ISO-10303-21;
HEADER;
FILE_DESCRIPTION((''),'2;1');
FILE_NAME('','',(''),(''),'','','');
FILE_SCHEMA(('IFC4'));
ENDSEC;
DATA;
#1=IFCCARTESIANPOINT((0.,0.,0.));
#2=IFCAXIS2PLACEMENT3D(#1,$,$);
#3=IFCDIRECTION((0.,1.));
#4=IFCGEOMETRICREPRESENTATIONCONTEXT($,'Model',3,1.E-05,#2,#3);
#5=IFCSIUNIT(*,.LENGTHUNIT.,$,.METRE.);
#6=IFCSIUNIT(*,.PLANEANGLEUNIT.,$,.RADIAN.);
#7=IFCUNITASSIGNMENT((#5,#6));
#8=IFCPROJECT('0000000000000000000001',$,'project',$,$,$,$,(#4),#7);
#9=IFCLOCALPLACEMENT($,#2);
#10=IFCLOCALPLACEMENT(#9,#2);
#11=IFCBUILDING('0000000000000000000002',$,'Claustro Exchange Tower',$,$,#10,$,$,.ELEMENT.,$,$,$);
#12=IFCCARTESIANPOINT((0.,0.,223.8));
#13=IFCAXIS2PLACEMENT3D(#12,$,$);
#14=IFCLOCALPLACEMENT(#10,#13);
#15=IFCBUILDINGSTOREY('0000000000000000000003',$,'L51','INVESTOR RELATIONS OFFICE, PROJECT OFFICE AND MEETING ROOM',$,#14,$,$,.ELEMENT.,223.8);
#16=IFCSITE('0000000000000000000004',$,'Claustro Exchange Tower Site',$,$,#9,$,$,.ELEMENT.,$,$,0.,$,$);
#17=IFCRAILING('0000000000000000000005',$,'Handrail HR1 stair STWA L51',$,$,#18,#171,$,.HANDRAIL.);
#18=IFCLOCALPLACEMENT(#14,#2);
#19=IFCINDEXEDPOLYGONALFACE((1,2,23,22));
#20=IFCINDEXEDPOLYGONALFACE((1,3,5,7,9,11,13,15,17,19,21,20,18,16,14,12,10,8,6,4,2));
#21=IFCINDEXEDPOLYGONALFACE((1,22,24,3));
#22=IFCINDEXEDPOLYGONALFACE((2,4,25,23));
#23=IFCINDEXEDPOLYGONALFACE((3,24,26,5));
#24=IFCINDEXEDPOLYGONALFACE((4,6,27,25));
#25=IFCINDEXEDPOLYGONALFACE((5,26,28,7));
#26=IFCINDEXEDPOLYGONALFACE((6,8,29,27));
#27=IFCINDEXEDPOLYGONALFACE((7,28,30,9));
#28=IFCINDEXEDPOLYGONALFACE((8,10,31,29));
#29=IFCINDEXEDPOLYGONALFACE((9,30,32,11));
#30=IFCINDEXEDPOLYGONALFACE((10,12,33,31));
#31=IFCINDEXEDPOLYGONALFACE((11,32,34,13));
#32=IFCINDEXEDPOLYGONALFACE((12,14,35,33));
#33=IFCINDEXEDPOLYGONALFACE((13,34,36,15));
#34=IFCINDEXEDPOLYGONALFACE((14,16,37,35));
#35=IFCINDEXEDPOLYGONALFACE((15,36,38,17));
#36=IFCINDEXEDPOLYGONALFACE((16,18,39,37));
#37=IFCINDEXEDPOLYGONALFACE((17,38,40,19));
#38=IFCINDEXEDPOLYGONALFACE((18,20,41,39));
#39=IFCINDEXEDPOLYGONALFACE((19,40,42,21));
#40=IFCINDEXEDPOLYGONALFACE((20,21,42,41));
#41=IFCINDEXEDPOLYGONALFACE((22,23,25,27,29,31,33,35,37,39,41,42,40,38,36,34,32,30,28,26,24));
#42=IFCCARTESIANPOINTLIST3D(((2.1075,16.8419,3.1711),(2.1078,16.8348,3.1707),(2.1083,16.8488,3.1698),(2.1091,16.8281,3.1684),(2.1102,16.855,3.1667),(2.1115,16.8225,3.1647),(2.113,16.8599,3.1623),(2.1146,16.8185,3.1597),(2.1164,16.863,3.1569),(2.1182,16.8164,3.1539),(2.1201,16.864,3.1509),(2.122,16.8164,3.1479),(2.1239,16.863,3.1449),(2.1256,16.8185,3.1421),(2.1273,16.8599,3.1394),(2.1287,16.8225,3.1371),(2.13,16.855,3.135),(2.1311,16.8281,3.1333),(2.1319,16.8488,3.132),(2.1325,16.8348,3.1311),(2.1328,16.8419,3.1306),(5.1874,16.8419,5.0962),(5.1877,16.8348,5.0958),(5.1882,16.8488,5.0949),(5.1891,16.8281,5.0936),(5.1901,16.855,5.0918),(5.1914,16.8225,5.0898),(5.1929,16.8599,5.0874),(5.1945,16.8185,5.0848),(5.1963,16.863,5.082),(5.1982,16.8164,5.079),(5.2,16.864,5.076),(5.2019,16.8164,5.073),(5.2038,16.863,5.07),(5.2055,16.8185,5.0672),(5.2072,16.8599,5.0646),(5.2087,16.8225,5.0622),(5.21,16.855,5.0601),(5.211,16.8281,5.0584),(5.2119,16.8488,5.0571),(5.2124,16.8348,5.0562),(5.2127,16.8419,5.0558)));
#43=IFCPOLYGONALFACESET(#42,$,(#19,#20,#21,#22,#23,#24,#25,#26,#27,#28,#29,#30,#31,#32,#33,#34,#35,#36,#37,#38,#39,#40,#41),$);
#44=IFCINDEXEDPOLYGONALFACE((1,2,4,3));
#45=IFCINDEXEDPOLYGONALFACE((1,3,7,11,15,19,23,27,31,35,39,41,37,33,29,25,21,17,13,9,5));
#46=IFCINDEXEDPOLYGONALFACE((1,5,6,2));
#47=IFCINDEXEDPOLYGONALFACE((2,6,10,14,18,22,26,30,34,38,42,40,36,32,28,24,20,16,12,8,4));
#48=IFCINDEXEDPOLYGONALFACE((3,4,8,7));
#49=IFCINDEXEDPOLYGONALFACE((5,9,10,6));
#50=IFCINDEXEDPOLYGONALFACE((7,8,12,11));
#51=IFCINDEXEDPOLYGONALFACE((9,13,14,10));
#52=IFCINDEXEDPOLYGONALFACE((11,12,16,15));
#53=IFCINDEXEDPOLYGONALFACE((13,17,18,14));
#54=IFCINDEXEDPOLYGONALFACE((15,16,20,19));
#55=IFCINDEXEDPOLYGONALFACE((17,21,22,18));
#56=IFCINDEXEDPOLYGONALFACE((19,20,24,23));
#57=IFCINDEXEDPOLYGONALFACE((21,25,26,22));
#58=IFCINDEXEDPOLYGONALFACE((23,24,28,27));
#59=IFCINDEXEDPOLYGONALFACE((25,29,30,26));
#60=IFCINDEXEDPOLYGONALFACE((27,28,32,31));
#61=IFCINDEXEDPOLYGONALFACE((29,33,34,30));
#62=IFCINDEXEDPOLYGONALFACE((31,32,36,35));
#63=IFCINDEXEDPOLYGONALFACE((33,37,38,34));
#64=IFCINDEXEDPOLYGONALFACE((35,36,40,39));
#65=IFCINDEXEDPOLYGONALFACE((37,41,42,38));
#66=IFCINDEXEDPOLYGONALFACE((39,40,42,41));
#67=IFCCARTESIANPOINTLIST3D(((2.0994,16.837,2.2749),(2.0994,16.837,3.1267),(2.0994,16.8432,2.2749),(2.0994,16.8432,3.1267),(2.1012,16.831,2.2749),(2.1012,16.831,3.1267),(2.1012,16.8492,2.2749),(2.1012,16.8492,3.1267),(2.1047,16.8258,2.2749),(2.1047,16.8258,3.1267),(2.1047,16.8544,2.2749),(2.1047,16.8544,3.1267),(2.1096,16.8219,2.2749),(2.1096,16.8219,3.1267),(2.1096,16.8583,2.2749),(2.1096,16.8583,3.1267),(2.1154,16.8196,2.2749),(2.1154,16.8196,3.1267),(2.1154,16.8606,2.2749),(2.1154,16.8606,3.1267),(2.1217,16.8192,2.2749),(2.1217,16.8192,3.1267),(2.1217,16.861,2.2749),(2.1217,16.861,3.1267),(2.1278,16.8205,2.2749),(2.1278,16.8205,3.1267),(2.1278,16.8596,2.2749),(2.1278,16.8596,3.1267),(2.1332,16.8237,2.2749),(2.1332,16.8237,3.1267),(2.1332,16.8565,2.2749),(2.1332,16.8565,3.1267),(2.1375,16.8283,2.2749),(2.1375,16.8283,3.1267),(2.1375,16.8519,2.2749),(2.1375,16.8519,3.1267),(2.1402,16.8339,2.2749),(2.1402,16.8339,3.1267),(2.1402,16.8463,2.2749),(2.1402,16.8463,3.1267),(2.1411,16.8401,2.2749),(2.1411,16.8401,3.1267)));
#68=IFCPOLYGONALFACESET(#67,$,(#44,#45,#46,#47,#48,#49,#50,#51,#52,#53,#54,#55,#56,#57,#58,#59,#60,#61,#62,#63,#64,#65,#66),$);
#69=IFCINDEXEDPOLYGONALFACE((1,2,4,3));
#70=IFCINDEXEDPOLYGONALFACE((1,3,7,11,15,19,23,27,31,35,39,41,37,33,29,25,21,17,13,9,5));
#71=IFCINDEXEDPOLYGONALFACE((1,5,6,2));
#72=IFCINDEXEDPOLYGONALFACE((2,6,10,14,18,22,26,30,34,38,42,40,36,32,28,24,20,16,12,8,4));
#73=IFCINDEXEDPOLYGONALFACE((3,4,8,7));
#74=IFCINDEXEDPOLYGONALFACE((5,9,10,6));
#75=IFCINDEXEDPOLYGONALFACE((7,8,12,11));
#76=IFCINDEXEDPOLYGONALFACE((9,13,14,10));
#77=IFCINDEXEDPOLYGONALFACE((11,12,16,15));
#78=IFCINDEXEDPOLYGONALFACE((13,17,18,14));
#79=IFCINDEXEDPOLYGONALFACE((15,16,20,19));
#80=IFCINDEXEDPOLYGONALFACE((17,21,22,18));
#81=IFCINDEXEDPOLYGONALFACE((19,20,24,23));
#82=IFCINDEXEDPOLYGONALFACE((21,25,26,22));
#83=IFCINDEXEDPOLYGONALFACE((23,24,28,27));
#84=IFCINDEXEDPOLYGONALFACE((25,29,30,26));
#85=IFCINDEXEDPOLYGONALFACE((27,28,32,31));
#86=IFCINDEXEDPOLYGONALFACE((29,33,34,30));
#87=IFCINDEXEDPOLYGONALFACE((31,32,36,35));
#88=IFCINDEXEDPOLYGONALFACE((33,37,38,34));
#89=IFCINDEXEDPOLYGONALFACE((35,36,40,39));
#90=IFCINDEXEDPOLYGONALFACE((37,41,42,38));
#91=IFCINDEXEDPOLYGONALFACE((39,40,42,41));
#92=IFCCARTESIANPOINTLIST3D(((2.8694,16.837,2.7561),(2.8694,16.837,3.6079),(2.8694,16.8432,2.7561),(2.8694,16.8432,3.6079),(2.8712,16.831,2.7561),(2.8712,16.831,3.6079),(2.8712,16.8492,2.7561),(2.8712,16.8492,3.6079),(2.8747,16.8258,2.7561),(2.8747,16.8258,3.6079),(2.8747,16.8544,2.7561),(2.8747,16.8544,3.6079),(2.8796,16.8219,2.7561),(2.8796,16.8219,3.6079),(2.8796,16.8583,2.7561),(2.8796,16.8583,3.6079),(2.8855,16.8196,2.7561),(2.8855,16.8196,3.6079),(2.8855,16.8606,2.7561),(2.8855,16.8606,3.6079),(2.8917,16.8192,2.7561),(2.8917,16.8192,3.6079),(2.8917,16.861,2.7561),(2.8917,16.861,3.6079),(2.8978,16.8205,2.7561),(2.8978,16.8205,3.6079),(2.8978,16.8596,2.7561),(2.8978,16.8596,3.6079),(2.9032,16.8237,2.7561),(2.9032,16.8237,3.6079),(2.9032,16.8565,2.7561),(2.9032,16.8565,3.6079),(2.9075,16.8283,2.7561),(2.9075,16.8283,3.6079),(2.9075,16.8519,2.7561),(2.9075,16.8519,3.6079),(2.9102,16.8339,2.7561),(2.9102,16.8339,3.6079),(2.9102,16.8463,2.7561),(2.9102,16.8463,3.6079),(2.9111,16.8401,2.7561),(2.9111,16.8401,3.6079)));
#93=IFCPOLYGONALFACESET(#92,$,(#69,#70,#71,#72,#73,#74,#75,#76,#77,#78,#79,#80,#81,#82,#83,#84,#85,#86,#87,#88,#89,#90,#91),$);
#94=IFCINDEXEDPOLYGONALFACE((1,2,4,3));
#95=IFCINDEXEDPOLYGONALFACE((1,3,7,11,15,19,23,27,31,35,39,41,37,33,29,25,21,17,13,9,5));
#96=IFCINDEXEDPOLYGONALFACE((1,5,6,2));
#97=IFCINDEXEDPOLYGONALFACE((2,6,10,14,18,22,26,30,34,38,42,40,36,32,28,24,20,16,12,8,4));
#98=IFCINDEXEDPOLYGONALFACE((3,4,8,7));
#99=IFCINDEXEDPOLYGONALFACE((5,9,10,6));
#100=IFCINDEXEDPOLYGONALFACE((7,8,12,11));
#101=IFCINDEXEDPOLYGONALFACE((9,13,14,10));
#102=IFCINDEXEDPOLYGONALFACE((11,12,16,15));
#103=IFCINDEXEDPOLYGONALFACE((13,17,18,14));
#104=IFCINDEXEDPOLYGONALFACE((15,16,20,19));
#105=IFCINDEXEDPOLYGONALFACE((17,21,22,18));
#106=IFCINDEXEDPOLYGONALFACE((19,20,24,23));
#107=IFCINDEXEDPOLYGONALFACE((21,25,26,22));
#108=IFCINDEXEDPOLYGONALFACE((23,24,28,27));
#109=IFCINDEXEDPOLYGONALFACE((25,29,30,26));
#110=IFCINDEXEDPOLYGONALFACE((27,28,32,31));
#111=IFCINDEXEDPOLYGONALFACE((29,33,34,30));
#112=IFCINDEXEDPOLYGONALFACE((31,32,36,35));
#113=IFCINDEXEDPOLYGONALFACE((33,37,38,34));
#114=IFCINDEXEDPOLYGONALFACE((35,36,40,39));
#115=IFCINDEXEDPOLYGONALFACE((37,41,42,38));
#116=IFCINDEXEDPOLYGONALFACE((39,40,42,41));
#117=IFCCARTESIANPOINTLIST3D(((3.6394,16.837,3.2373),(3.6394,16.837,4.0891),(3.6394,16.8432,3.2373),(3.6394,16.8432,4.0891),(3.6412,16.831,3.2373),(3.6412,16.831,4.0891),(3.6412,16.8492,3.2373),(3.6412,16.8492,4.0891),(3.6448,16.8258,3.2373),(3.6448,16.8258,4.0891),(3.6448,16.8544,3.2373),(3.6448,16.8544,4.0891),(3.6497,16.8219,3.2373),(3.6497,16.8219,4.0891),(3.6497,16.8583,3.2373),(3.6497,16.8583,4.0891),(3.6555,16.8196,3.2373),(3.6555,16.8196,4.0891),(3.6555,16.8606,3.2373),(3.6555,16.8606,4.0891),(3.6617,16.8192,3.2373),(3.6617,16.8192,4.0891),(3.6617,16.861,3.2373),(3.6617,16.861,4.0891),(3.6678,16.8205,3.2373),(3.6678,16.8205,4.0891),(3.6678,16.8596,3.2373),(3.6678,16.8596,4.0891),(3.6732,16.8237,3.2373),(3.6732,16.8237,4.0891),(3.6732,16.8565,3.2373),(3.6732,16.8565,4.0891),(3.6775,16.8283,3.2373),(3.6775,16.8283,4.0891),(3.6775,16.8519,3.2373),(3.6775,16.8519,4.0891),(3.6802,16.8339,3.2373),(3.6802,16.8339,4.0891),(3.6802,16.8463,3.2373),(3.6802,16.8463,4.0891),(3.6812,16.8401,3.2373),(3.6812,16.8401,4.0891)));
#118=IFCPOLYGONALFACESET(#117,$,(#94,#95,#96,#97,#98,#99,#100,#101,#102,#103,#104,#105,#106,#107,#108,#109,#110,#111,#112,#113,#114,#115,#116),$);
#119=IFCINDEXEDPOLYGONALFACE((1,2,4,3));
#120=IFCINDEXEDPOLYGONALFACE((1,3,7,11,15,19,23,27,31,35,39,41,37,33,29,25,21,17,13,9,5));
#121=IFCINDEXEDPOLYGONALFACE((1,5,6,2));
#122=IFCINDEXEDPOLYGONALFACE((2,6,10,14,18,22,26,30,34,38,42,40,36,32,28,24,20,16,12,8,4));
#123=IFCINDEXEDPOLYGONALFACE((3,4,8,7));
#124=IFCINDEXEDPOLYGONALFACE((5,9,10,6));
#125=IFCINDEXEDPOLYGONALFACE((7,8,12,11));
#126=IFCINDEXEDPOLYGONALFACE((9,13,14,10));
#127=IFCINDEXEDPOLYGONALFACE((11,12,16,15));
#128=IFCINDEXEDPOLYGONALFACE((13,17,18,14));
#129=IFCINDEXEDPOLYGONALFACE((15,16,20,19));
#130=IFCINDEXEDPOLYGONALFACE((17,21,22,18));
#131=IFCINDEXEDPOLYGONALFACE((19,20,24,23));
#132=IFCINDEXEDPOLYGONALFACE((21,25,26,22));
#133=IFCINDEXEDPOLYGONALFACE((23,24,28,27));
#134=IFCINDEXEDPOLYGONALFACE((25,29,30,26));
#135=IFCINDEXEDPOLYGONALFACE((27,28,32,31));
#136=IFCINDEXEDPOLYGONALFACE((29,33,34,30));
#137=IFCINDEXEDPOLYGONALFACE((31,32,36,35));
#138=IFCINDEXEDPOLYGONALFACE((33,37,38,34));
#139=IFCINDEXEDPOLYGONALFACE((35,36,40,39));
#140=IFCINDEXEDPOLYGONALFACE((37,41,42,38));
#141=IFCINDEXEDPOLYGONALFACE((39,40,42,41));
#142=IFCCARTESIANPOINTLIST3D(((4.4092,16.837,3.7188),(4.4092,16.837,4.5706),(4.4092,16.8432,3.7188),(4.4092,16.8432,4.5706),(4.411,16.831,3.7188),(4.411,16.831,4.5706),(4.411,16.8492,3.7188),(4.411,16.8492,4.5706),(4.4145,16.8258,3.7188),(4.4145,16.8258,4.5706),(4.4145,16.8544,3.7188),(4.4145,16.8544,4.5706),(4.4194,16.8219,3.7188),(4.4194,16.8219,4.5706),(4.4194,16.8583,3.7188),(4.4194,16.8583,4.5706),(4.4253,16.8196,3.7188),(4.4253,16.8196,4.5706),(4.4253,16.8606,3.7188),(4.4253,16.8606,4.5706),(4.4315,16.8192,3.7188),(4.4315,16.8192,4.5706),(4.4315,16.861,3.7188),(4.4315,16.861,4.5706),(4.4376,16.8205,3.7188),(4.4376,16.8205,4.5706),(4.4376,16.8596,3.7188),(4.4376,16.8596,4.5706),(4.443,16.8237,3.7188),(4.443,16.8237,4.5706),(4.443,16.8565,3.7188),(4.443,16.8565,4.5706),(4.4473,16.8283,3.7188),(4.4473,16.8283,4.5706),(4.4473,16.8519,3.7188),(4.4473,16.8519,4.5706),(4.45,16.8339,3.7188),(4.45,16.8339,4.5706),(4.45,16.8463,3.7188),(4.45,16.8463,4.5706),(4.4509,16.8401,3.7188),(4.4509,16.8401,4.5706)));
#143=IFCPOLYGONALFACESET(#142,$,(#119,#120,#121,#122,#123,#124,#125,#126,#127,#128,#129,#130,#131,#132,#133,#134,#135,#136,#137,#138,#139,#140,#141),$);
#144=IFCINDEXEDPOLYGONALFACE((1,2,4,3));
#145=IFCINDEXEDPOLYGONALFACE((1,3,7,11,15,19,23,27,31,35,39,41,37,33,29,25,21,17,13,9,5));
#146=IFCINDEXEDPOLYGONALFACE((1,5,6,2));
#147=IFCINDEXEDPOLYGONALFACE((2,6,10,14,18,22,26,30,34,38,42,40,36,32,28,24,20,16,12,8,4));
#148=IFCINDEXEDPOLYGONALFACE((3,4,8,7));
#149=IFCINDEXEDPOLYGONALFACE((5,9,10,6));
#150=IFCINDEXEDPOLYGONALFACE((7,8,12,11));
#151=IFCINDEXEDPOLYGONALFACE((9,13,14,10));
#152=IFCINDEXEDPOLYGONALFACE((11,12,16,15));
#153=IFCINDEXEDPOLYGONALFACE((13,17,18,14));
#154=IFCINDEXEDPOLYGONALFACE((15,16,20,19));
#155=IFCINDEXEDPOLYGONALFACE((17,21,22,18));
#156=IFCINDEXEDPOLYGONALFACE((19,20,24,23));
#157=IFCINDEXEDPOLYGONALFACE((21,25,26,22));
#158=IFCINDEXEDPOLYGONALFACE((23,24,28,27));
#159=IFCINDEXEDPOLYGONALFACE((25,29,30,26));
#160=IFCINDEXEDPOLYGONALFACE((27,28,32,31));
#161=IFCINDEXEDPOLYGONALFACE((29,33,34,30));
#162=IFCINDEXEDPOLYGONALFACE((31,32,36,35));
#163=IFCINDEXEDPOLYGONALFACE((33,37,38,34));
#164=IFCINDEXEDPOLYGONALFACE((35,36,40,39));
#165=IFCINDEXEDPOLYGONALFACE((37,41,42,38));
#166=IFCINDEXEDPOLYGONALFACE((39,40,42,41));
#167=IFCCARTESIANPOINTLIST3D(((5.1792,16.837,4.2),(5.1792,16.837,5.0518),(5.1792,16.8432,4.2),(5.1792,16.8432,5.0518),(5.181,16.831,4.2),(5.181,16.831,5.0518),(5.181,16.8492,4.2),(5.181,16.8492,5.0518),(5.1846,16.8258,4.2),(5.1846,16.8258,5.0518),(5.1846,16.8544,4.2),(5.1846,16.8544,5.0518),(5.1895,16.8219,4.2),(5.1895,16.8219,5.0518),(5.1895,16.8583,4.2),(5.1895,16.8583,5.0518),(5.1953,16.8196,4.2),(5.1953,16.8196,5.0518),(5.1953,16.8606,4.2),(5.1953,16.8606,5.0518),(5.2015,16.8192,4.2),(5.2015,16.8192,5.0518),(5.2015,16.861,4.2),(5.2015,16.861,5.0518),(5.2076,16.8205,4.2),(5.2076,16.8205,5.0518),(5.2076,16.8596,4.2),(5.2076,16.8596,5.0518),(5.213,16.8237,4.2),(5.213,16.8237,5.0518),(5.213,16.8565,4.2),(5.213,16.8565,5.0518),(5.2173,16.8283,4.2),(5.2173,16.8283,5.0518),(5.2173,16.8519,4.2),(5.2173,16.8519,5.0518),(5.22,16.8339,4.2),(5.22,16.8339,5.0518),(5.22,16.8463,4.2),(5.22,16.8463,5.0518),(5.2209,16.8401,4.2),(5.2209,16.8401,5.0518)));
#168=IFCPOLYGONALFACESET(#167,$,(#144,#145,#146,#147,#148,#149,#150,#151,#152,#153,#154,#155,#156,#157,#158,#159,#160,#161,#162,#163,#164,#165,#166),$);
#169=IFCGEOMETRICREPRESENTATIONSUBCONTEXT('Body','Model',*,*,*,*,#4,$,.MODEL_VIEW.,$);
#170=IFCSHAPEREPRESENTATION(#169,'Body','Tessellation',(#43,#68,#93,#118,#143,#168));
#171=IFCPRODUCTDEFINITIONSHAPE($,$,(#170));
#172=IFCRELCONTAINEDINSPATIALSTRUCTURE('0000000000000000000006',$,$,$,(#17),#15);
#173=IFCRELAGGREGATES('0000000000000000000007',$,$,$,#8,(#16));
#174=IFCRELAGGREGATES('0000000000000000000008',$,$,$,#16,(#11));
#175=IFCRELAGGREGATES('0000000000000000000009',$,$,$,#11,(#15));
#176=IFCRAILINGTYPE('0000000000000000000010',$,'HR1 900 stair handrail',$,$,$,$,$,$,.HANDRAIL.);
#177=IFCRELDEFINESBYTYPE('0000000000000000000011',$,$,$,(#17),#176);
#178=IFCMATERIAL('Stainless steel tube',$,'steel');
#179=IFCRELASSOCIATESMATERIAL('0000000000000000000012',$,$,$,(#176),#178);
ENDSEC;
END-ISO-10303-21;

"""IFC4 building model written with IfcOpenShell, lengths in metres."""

from ifc_helpers import new_model, si_unit, direction, frame, origin, origin_2d, place, context, subcontext, project, spatial, circle, extrude, material, type_object, element, save


model = new_model("IFC4")

# Units and contexts
model_context = context("Model", 3, precision=1e-05, world=origin(), true_north=direction((0.0, 1.0)))
body_context = subcontext(model_context, "Body", "Model", "MODEL_VIEW")
ifc_project = project(units=[si_unit("LENGTHUNIT", "METRE"), si_unit("PLANEANGLEUNIT", "RADIAN")], contexts=[model_context])

# Site, building, storey
site_placement = place(None, origin())
site = spatial("IfcSite", under=ifc_project, at=site_placement, Name="Claustro Exchange Tower Site", CompositionType="ELEMENT", RefElevation=0.0)
building_placement = place(site_placement, origin())
building = spatial("IfcBuilding", under=site, at=building_placement, Name="Claustro Exchange Tower", CompositionType="ELEMENT")
storey_placement = place(building_placement, frame((0.0, 0.0, 223.8)))
storey = spatial("IfcBuildingStorey", under=building, at=storey_placement, Name="L51", Description="INVESTOR RELATIONS OFFICE, PROJECT OFFICE AND MEETING ROOM", CompositionType="ELEMENT", Elevation=223.8)

# Railing
ifc_material_1 = material(Name="Stainless steel tube", Category="steel")
railing_type_1 = type_object("IfcRailingType", Name="HR1 900 stair handrail", PredefinedType="HANDRAIL", material=ifc_material_1)
railing_1_placement = place(storey_placement, frame((2.1201, 16.8401, 2.2749)))
element("IfcRailing", 1, at=railing_1_placement, inside=storey, type_object=railing_type_1, Name="Handrail HR1 stair STWA L51", PredefinedType="HANDRAIL", context=body_context, shape_type="SweptSolid", body=[
    extrude(circle(Radius=0.0239, at=origin_2d()), frame((0.0, 0.0, 0.876), z_axis=(0.847979, 0.0, 0.530029), x_axis=(0.0, 1.0, 0.0)), (0.0, 0.0, 1.0), 3.6321),
    extrude(circle(Radius=0.021, at=origin_2d()), origin(), (0.0, 0.0, 1.0), 0.8518),
    extrude(circle(Radius=0.021, at=origin_2d()), frame((0.77, 0.0, 0.4812)), (0.0, 0.0, 1.0), 0.8518),
    extrude(circle(Radius=0.021, at=origin_2d()), frame((1.54, 0.0, 0.9624)), (0.0, 0.0, 1.0), 0.8518),
    extrude(circle(Radius=0.021, at=origin_2d()), frame((2.3098, 0.0, 1.4438)), (0.0, 0.0, 1.0), 0.8518),
    extrude(circle(Radius=0.021, at=origin_2d()), frame((3.0798, 0.0, 1.925)), (0.0, 0.0, 1.0), 0.8518),
])

save(model, "model.ifc")
